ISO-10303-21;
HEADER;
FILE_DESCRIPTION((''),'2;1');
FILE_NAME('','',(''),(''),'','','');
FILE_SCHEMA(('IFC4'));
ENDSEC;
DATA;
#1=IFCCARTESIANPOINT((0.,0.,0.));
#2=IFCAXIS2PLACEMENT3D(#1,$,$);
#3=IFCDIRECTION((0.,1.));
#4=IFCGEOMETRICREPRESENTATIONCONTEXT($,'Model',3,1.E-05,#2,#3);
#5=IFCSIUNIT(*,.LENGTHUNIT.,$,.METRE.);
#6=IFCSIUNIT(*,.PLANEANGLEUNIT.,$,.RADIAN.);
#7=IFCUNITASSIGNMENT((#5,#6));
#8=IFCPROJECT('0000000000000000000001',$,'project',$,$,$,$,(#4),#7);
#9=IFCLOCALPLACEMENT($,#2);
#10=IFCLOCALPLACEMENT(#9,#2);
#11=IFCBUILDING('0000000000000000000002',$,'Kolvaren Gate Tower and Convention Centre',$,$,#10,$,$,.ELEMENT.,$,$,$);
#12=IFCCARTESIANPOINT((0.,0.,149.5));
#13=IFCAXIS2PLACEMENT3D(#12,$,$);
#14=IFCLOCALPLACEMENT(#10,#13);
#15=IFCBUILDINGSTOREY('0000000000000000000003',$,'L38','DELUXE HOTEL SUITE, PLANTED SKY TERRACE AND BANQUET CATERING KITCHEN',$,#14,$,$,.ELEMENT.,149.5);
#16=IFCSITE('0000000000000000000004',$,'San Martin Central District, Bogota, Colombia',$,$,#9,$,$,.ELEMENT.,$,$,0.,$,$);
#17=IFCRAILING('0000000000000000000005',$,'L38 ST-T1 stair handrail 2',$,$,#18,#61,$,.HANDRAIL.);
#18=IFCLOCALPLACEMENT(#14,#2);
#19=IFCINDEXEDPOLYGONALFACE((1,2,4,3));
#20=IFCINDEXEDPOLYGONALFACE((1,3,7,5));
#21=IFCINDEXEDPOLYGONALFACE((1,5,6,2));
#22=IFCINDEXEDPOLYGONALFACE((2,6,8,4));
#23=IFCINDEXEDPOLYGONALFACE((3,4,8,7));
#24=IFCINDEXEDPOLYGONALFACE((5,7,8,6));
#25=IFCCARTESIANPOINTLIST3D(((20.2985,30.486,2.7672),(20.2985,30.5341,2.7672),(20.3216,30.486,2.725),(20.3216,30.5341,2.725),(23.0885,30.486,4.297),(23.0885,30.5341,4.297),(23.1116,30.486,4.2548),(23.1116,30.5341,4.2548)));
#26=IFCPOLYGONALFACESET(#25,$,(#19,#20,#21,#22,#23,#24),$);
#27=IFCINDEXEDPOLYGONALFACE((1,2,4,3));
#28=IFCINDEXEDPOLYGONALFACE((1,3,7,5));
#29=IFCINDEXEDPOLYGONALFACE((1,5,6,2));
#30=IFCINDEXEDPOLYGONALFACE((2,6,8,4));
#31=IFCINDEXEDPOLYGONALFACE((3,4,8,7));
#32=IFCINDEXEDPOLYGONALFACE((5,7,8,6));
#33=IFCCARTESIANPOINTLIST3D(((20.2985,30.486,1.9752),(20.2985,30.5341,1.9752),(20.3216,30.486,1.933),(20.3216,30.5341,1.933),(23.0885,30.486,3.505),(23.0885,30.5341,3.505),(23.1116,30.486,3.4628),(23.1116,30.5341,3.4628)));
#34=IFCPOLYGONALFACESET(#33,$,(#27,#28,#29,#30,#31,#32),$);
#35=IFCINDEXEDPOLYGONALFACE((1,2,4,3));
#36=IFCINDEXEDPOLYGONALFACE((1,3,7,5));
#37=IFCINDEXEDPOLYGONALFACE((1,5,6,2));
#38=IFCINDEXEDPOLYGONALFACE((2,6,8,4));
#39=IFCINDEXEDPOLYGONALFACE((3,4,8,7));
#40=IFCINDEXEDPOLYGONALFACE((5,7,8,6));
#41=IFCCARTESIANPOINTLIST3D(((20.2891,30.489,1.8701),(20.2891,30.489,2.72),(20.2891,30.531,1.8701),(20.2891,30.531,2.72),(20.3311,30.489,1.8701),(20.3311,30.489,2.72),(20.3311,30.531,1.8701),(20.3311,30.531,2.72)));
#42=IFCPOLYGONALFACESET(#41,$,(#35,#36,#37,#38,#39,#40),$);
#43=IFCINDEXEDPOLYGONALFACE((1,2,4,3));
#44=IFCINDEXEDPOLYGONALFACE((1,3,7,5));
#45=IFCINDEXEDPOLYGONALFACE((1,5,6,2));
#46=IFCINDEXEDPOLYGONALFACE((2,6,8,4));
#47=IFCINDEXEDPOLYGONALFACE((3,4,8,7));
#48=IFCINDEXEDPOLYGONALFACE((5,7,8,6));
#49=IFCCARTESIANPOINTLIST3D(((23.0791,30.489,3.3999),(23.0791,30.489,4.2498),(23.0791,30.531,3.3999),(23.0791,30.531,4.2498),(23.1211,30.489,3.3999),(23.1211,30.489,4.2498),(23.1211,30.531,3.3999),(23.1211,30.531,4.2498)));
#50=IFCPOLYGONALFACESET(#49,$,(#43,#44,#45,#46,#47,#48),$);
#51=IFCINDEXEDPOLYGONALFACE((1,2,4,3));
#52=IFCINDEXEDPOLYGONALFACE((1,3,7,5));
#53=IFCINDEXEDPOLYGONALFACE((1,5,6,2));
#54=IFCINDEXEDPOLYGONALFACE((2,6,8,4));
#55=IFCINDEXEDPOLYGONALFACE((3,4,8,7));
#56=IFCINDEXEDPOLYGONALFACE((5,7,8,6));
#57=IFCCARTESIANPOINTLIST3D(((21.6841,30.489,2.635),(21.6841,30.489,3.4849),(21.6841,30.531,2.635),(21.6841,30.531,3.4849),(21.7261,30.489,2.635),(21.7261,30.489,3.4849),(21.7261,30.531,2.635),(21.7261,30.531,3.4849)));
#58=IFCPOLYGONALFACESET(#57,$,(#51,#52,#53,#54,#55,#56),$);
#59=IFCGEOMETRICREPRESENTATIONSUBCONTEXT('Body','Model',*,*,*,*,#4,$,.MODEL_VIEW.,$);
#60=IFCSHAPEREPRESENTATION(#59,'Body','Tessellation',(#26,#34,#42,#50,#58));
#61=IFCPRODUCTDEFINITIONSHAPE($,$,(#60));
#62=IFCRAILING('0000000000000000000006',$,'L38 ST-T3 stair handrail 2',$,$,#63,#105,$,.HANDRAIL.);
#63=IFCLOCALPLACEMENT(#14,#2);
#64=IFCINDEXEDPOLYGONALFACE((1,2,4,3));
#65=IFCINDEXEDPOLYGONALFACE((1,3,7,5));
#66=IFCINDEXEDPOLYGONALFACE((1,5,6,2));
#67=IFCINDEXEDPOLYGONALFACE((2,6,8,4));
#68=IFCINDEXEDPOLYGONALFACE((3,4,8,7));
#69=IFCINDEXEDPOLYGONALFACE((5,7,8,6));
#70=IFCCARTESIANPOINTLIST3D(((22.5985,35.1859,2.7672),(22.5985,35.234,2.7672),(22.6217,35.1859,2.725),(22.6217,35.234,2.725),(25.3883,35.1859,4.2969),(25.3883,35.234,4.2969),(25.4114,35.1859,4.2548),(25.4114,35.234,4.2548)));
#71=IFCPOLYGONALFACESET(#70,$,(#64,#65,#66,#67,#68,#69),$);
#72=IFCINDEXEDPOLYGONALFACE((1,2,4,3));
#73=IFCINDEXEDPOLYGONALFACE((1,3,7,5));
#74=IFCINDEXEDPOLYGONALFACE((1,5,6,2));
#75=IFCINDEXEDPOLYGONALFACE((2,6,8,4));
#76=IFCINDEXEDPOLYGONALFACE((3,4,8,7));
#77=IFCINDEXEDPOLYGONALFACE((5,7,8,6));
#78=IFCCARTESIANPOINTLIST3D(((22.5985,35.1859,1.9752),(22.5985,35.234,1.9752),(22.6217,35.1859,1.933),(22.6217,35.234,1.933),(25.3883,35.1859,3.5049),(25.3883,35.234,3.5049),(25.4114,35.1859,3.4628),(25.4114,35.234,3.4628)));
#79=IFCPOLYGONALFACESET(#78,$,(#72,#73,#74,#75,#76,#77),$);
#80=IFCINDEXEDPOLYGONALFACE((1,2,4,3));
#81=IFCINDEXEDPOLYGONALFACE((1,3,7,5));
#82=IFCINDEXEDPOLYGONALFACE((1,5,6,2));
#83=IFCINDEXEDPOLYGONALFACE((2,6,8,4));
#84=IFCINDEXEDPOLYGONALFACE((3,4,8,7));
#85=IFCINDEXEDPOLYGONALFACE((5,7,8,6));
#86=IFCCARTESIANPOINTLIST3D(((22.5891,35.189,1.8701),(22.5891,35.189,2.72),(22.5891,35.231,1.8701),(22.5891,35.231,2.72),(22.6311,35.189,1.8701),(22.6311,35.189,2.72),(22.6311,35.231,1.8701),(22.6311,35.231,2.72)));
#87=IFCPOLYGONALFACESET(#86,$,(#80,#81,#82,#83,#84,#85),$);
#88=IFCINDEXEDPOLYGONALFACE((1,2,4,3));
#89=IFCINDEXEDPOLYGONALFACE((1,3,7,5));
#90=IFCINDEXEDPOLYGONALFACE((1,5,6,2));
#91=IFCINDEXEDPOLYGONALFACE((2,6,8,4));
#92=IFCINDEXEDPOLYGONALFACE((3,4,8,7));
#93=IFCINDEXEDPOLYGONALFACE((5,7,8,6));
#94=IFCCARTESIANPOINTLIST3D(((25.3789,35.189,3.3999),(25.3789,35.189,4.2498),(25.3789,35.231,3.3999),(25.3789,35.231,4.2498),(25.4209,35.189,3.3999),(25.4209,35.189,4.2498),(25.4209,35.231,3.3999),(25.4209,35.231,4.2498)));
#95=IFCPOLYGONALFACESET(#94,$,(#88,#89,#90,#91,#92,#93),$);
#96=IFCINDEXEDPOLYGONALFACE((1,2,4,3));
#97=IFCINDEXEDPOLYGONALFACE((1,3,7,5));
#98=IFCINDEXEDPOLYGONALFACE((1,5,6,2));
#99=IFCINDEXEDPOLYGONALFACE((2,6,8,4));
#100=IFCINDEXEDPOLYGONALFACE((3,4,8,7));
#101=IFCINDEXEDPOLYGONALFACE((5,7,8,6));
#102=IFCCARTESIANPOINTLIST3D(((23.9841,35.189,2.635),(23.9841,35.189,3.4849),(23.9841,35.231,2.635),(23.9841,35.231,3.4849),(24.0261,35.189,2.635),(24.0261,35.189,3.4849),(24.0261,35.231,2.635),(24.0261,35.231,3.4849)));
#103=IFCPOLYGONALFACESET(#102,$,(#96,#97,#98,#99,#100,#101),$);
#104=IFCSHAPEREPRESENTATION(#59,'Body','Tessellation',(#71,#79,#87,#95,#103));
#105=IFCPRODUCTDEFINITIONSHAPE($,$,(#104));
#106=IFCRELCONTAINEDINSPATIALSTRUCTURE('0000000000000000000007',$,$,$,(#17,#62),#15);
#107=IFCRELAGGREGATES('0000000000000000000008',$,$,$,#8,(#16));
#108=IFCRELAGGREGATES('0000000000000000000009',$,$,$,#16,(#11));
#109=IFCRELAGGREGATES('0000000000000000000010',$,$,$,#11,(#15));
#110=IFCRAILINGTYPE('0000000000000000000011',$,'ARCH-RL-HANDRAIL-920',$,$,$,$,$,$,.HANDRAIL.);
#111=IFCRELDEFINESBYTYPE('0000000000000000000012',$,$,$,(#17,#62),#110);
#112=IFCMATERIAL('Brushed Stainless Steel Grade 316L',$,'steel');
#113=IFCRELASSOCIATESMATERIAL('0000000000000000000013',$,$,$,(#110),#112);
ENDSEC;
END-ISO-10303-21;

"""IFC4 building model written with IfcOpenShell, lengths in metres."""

from ifc_helpers import new_model, si_unit, direction, frame, origin, origin_2d, place, context, subcontext, project, spatial, rectangle, extrude, material, type_object, element, save


model = new_model("IFC4")

# Units and contexts
model_context = context("Model", 3, precision=1e-05, world=origin(), true_north=direction((0.0, 1.0)))
body_context = subcontext(model_context, "Body", "Model", "MODEL_VIEW")
ifc_project = project(units=[si_unit("LENGTHUNIT", "METRE"), si_unit("PLANEANGLEUNIT", "RADIAN")], contexts=[model_context])

# Site, building, storey
site_placement = place(None, origin())
site = spatial("IfcSite", under=ifc_project, at=site_placement, Name="San Martin Central District, Bogota, Colombia", CompositionType="ELEMENT", RefElevation=0.0)
building_placement = place(site_placement, origin())
building = spatial("IfcBuilding", under=site, at=building_placement, Name="Kolvaren Gate Tower and Convention Centre", CompositionType="ELEMENT")
storey_placement = place(building_placement, frame((0.0, 0.0, 149.5)))
storey = spatial("IfcBuildingStorey", under=building, at=storey_placement, Name="L38", Description="DELUXE HOTEL SUITE, PLANTED SKY TERRACE AND BANQUET CATERING KITCHEN", CompositionType="ELEMENT", Elevation=149.5)

# Shared definitions
ifc_material_1 = material(Name="Brushed Stainless Steel Grade 316L", Category="steel")

# Railings
railing_type_1 = type_object("IfcRailingType", Name="ARCH-RL-HANDRAIL-920", PredefinedType="HANDRAIL", material=ifc_material_1)
railing_1_placement = place(storey_placement, frame((20.3101, 30.51, 1.8701)))
element("IfcRailing", 1, at=railing_1_placement, inside=storey, type_object=railing_type_1, Name="L38 ST-T1 stair handrail 2", PredefinedType="HANDRAIL", context=body_context, shape_type="SweptSolid", body=[
    extrude(rectangle(XDim=0.0481, YDim=0.0481, at=origin_2d()), frame((0.0, 0.0, 0.876), z_axis=(0.876844, 0.0, 0.480776), x_axis=(0.0, 1.0, 0.0)), (0.0, 0.0, 1.0), 3.1819),
    extrude(rectangle(XDim=0.0481, YDim=0.0481, at=origin_2d()), frame((0.0, 0.0, 0.084), z_axis=(0.876844, 0.0, 0.480776), x_axis=(0.0, 1.0, 0.0)), (0.0, 0.0, 1.0), 3.1819),
    extrude(rectangle(XDim=0.042, YDim=0.042, at=origin_2d()), origin(), (0.0, 0.0, 1.0), 0.8499),
    extrude(rectangle(XDim=0.042, YDim=0.042, at=origin_2d()), frame((2.79, 0.0, 1.5298)), (0.0, 0.0, 1.0), 0.8499),
    extrude(rectangle(XDim=0.042, YDim=0.042, at=origin_2d()), frame((1.395, 0.0, 0.7649)), (0.0, 0.0, 1.0), 0.8499),
])
railing_2_placement = place(storey_placement, frame((22.6101, 35.21, 1.8701)))
element("IfcRailing", 2, at=railing_2_placement, inside=storey, type_object=railing_type_1, Name="L38 ST-T3 stair handrail 2", PredefinedType="HANDRAIL", context=body_context, shape_type="SweptSolid", body=[
    extrude(rectangle(XDim=0.0481, YDim=0.0481, at=origin_2d()), frame((0.0, 0.0, 0.876), z_axis=(0.876826, 0.0, 0.480808), x_axis=(0.0, 1.0, 0.0)), (0.0, 0.0, 1.0), 3.1816),
    extrude(rectangle(XDim=0.0481, YDim=0.0481, at=origin_2d()), frame((0.0, 0.0, 0.084), z_axis=(0.876826, 0.0, 0.480808), x_axis=(0.0, 1.0, 0.0)), (0.0, 0.0, 1.0), 3.1816),
    extrude(rectangle(XDim=0.042, YDim=0.042, at=origin_2d()), origin(), (0.0, 0.0, 1.0), 0.8499),
    extrude(rectangle(XDim=0.042, YDim=0.042, at=origin_2d()), frame((2.7898, 0.0, 1.5298)), (0.0, 0.0, 1.0), 0.8499),
    extrude(rectangle(XDim=0.042, YDim=0.042, at=origin_2d()), frame((1.395, 0.0, 0.7649)), (0.0, 0.0, 1.0), 0.8499),
])

save(model, "model.ifc")
